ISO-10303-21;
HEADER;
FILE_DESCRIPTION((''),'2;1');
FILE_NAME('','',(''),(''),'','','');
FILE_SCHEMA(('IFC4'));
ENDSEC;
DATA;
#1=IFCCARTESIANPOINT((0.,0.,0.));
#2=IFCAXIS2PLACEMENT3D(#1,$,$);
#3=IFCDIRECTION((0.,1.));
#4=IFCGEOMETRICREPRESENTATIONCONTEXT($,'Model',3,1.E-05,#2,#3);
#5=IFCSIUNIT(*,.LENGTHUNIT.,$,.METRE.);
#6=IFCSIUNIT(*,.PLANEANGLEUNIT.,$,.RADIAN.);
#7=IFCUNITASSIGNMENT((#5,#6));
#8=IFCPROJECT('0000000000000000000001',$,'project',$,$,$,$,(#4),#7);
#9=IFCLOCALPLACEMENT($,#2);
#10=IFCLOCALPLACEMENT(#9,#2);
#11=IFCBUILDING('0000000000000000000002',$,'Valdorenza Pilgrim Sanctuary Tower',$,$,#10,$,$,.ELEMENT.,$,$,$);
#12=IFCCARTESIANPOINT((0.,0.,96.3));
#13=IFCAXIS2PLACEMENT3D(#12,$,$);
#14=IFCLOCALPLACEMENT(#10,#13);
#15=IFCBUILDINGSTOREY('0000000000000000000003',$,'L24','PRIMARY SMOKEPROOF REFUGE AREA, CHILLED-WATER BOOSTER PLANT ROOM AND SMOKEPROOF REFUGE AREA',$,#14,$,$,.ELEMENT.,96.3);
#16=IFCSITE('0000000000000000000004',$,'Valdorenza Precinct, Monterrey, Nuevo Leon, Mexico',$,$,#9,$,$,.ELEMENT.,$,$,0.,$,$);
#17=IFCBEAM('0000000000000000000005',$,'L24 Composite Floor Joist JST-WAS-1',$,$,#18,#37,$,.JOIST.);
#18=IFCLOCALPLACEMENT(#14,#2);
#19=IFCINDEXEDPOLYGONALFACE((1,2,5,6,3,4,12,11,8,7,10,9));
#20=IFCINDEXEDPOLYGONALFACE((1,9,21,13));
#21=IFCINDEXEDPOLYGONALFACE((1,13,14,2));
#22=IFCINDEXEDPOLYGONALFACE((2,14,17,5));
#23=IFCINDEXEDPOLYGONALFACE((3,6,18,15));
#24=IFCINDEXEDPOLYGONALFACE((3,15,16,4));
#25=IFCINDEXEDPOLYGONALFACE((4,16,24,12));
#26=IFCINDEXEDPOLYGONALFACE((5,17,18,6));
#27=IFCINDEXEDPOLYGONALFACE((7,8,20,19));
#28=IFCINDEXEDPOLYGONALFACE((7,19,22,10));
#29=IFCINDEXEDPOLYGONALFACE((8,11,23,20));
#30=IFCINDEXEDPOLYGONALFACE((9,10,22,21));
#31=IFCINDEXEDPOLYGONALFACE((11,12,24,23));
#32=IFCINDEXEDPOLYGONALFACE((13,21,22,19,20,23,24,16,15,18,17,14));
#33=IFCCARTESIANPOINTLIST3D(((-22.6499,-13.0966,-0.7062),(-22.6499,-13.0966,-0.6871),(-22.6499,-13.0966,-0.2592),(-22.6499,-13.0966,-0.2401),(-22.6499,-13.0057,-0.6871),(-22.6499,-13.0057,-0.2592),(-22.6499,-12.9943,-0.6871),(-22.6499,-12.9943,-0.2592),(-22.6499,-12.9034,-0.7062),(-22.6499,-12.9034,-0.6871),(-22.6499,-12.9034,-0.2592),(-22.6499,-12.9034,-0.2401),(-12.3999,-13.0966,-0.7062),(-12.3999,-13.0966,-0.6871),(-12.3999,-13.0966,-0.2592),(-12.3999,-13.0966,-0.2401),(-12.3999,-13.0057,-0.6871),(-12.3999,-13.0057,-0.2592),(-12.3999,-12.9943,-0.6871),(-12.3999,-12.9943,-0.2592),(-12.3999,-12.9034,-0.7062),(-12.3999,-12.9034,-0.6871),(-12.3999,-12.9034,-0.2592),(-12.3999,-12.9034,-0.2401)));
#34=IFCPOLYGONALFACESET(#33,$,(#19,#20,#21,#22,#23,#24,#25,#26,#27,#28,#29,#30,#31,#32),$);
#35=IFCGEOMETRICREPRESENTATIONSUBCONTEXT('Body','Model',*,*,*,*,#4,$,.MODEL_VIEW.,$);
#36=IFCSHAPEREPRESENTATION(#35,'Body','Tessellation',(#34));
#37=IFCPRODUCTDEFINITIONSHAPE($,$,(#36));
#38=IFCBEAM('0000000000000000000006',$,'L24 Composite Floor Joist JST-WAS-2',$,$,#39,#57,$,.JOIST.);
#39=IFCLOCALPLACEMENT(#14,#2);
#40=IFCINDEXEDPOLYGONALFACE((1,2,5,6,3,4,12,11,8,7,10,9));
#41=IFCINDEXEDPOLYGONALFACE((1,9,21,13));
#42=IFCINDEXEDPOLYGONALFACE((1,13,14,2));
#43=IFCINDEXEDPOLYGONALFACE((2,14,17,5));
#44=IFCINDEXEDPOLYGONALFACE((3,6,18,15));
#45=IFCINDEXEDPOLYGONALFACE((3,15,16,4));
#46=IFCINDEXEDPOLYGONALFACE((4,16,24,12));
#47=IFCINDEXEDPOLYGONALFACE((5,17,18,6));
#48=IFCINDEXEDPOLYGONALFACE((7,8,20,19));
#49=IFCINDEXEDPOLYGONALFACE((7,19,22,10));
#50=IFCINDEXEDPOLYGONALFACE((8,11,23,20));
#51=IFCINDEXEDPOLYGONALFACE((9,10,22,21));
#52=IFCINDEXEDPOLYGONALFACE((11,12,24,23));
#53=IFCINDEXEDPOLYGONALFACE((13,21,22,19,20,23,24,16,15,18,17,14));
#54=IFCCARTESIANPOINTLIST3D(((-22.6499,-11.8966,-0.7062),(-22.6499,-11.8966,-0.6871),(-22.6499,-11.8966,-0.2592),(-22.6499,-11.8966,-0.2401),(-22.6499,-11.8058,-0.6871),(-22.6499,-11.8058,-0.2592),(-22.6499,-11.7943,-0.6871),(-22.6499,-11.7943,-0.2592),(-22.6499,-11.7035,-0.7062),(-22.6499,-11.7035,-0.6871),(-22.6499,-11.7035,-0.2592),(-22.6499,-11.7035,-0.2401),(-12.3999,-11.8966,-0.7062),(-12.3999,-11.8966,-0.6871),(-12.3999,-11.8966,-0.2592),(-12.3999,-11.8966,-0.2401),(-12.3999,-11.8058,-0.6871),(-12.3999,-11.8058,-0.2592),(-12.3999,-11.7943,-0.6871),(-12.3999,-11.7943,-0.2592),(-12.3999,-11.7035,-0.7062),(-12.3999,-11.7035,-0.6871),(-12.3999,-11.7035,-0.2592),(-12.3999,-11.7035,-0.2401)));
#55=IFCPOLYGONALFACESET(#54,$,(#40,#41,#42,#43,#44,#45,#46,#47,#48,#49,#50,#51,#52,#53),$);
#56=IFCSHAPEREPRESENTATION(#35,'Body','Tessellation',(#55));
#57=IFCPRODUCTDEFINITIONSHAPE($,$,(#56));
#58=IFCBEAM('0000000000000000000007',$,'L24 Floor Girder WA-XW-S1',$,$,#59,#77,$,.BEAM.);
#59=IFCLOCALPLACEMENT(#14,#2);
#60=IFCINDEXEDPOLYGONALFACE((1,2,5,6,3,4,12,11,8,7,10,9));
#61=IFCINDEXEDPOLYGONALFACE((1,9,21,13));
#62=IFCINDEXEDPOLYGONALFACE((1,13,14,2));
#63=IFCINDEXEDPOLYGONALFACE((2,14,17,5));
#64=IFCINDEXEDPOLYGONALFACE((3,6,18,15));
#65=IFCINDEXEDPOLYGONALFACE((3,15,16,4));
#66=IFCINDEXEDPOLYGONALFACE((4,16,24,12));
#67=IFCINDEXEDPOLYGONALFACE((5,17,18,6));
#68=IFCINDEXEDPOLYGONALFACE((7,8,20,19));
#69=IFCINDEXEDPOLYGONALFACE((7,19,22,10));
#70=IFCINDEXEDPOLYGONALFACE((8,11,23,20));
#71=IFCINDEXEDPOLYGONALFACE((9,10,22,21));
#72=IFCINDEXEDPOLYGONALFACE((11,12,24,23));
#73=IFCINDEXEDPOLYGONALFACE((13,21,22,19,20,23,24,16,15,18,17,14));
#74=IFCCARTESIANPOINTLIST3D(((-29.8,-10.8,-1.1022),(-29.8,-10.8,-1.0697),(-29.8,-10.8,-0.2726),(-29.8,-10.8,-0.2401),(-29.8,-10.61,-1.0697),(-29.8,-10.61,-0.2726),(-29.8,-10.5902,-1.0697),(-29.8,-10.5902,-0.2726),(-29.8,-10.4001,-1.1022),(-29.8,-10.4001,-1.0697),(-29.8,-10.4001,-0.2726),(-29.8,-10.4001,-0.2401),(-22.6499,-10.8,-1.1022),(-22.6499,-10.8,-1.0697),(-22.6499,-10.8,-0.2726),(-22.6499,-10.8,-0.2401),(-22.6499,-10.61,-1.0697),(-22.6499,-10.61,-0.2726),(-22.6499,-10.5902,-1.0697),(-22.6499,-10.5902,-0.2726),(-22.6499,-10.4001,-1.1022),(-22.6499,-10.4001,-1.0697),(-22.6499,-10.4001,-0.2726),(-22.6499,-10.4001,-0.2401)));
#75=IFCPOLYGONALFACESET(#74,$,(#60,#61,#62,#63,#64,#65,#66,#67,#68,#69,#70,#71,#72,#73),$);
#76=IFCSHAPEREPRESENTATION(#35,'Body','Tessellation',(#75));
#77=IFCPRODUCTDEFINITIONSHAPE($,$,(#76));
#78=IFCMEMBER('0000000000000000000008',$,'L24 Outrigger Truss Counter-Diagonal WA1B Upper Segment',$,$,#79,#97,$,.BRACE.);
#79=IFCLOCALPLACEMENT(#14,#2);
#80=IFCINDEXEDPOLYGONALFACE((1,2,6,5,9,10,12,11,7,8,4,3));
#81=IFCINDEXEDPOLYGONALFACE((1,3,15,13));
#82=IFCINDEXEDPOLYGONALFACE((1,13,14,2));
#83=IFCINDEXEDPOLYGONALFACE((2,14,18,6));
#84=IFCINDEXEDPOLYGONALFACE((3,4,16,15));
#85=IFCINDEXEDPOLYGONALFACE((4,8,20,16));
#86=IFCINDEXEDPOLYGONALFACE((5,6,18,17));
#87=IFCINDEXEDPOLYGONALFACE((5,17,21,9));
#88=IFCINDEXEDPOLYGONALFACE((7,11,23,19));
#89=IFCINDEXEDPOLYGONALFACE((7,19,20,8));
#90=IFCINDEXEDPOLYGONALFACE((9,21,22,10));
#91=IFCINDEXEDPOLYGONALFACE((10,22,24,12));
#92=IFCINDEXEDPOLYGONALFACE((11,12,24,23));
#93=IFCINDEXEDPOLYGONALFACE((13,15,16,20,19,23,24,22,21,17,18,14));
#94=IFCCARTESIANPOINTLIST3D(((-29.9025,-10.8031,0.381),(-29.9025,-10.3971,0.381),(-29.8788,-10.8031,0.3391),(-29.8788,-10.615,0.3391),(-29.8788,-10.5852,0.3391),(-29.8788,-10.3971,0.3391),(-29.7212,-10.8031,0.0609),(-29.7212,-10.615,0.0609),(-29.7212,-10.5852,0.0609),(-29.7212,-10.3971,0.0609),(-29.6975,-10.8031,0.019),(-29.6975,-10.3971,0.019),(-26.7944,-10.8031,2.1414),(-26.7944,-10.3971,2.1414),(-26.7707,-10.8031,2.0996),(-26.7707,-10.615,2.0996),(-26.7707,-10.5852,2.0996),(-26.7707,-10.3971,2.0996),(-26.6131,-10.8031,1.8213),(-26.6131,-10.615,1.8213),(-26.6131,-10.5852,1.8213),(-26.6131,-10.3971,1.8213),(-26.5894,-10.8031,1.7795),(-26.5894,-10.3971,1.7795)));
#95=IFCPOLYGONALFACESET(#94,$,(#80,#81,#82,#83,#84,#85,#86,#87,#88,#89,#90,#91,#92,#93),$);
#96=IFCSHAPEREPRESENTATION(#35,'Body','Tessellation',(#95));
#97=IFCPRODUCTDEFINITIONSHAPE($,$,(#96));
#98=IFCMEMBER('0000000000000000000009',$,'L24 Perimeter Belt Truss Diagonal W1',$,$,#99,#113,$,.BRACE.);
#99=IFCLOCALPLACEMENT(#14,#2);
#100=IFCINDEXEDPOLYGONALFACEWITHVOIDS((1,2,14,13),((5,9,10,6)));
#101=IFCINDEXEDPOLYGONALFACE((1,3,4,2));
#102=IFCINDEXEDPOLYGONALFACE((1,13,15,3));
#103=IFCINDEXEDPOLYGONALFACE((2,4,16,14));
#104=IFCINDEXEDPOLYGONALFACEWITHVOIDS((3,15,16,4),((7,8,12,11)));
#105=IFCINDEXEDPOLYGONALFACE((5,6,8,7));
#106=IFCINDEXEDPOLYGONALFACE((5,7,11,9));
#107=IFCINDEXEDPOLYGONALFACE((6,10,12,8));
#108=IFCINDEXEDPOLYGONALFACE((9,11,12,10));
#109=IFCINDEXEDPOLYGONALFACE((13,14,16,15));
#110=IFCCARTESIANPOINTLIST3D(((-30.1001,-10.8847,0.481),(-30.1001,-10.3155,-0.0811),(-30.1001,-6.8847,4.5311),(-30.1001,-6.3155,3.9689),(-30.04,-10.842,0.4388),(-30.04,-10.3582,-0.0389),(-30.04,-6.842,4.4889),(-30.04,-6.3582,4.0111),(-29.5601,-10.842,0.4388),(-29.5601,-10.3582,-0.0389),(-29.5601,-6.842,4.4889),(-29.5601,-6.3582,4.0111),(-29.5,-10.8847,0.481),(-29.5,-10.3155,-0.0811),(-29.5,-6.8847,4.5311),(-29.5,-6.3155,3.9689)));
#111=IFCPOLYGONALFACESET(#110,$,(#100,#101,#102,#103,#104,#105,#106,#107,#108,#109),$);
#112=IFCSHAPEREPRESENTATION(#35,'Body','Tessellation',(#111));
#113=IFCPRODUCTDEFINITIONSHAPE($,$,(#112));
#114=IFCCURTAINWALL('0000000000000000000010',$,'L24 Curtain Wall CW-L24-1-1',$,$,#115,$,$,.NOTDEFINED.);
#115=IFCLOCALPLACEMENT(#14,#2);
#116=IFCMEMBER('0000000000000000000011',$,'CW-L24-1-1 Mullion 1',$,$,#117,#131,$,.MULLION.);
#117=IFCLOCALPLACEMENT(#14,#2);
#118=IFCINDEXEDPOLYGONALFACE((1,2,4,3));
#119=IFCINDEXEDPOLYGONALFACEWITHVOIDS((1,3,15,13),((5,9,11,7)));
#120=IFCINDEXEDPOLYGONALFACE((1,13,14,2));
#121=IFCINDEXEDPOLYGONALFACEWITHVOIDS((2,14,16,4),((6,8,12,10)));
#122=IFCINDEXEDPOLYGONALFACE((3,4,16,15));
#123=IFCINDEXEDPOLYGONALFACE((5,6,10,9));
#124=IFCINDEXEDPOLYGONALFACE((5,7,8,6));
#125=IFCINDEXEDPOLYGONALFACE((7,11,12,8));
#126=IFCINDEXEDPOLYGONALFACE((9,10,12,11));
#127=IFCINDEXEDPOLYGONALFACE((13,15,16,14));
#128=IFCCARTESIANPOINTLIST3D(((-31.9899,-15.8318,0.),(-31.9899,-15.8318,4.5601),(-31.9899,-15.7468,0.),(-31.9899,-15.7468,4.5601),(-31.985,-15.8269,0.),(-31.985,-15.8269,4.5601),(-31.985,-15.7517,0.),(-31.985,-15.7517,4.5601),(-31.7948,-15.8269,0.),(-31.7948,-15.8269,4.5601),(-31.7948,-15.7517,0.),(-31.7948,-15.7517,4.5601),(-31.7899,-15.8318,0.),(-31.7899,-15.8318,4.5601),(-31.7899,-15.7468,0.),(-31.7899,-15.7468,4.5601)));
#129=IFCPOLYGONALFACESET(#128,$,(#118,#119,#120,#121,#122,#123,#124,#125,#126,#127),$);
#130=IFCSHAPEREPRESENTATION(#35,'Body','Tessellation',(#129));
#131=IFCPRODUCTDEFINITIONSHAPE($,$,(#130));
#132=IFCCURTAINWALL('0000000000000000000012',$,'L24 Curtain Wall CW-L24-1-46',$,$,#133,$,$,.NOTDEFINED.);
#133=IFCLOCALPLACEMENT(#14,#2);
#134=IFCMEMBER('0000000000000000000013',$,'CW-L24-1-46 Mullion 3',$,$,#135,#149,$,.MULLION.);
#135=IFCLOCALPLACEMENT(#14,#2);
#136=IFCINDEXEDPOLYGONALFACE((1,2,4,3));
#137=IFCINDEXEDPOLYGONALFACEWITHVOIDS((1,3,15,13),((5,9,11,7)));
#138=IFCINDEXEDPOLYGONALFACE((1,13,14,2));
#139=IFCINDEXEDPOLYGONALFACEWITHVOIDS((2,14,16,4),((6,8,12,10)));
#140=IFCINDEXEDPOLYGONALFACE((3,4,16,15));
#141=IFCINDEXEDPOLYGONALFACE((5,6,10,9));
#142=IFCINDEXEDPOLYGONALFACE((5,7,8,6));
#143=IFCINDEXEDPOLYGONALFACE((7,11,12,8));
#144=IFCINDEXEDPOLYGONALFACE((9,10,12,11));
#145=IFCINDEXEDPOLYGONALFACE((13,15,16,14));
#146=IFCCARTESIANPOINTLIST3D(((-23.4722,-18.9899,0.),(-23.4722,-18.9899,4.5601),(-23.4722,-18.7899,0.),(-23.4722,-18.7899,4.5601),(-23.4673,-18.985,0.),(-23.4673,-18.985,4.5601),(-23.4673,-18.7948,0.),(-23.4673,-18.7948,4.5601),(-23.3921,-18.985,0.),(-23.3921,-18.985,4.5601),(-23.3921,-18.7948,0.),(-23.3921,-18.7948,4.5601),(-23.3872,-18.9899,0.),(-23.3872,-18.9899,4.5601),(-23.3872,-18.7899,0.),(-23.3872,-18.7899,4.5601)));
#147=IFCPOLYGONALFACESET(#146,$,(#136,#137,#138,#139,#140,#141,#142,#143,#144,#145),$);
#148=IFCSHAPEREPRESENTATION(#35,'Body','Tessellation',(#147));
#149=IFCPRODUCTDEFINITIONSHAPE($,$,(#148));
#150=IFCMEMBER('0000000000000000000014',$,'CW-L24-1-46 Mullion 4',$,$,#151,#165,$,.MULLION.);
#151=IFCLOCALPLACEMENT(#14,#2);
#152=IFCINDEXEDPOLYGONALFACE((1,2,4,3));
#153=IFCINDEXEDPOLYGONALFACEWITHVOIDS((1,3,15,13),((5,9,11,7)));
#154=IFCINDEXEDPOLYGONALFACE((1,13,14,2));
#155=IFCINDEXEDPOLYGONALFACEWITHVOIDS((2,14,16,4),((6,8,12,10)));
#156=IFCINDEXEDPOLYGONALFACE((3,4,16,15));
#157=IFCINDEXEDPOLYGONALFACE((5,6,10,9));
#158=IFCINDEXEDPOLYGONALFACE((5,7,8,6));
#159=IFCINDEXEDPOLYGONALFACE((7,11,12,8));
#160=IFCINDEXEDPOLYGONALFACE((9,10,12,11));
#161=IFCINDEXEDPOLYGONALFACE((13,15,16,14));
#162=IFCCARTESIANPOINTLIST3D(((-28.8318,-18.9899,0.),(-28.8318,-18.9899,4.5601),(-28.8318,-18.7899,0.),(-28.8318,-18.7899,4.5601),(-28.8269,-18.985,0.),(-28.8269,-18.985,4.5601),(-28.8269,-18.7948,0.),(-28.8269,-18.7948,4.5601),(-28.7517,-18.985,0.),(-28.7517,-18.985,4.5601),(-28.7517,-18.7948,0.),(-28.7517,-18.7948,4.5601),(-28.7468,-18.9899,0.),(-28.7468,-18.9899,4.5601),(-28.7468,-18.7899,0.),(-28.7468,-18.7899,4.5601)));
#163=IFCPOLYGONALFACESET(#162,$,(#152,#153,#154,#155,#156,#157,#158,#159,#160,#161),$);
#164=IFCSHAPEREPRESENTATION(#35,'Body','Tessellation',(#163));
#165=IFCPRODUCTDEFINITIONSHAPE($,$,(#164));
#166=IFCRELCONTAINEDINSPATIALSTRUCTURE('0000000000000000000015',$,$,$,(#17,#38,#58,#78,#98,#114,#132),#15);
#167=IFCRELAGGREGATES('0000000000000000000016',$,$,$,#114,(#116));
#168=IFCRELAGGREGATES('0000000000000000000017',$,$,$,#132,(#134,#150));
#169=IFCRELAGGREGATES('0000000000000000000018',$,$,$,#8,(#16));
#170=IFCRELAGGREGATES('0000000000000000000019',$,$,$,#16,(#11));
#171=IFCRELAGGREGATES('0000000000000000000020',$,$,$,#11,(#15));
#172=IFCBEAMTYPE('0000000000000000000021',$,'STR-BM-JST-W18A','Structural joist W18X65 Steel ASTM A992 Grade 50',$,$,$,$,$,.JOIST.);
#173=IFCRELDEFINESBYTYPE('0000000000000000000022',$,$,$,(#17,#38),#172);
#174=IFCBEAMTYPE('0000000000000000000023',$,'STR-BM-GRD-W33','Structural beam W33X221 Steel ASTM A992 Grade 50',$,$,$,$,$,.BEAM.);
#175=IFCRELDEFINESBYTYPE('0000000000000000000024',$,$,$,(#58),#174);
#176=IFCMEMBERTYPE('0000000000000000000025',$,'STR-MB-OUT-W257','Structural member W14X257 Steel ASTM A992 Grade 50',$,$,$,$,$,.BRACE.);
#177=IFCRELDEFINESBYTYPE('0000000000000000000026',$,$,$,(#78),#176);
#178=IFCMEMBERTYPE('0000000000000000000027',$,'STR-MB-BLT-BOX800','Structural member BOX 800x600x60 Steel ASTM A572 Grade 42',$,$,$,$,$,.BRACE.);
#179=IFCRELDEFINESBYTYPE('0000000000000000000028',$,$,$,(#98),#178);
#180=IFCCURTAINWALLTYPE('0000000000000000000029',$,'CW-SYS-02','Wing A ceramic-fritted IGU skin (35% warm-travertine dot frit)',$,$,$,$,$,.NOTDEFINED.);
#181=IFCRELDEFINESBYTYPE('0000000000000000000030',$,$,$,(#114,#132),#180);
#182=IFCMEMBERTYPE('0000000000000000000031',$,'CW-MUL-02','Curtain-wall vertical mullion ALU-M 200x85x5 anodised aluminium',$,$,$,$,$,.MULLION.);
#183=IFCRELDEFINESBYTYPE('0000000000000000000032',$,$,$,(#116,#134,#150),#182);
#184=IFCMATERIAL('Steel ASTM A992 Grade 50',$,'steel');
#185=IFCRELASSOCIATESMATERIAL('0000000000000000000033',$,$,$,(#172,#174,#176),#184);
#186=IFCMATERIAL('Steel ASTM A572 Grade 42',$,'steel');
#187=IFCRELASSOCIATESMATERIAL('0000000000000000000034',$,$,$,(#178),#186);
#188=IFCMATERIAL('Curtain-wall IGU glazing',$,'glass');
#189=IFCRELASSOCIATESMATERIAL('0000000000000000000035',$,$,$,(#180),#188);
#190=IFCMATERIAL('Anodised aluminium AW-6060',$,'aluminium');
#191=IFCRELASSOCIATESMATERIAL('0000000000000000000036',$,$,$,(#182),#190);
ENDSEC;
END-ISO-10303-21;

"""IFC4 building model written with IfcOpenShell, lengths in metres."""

from ifc_helpers import new_model, si_unit, direction, frame, origin, origin_2d, place, context, subcontext, project, spatial, hollow_rectangle, i_section, extrude, source, transform, mapped, material, material_profile, profile_set, type_object, element, aggregate, save


model = new_model("IFC4")

# Units and contexts
model_context = context("Model", 3, precision=1e-05, world=origin(), true_north=direction((0.0, 1.0)))
body_context = subcontext(model_context, "Body", "Model", "MODEL_VIEW")
ifc_project = project(units=[si_unit("LENGTHUNIT", "METRE"), si_unit("PLANEANGLEUNIT", "RADIAN")], contexts=[model_context])

# Site, building, storey
site_placement = place(None, origin())
site = spatial("IfcSite", under=ifc_project, at=site_placement, Name="Valdorenza Precinct, Monterrey, Nuevo Leon, Mexico", CompositionType="ELEMENT", RefElevation=0.0)
building_placement = place(site_placement, origin())
building = spatial("IfcBuilding", under=site, at=building_placement, Name="Valdorenza Pilgrim Sanctuary Tower", CompositionType="ELEMENT")
storey_placement = place(building_placement, frame((0.0, 0.0, 96.3)))
storey = spatial("IfcBuildingStorey", under=building, at=storey_placement, Name="L24", Description="PRIMARY SMOKEPROOF REFUGE AREA, CHILLED-WATER BOOSTER PLANT ROOM AND SMOKEPROOF REFUGE AREA", CompositionType="ELEMENT", Elevation=96.3)

# Shared definitions
ifc_material_1 = material(Name="Steel ASTM A992 Grade 50", Category="steel")

# Beams
ifc_material_profile_1 = material_profile(ifc_material_1, i_section(OverallWidth=0.1931, OverallDepth=0.4661, WebThickness=0.0115, FlangeThickness=0.019, at=origin_2d()), Name="W18X65")
ifc_profile_set_1 = profile_set([ifc_material_profile_1], Name="Steel ASTM A992 Grade 50")
beam_type_1 = type_object("IfcBeamType", Name="STR-BM-JST-W18A", Description="Structural joist W18X65 Steel ASTM A992 Grade 50", PredefinedType="JOIST", material=ifc_profile_set_1)
shared_shape_1 = source(origin(), body_context, "Body", "SweptSolid", [
    extrude(i_section(OverallWidth=0.1931, OverallDepth=0.4661, WebThickness=0.0115, FlangeThickness=0.019, at=origin_2d()), origin(), (0.0, 0.0, 1.0), 10.25),
])
for number, where, z_axis, x_axis, name in (
    (1, (-22.6499, -13.0, -0.4731), (1.0, 0.0, 0.0), (0.0, 1.0, 0.0), "L24 Composite Floor Joist JST-WAS-1"),
    (2, (-22.6499, -11.8, -0.4731), (1.0, 0.0, 0.0), (0.0, 1.0, 0.0), "L24 Composite Floor Joist JST-WAS-2"),
):
    element("IfcBeam", number, at=place(storey_placement, frame(where, z_axis=z_axis, x_axis=x_axis)), inside=storey, type_object=beam_type_1, Name=name, PredefinedType="JOIST", context=body_context, shape_type="MappedRepresentation", body=[
        mapped(shared_shape_1, transform((0.0, 0.0, 0.0), x_axis=(1.0, 0.0, 0.0), y_axis=(0.0, 1.0, 0.0), z_axis=(0.0, 0.0, 1.0), scale=1.0)),
    ])
ifc_material_profile_2 = material_profile(ifc_material_1, i_section(OverallWidth=0.3999, OverallDepth=0.8621, WebThickness=0.0198, FlangeThickness=0.0325, at=origin_2d()), Name="W33X221")
ifc_profile_set_2 = profile_set([ifc_material_profile_2], Name="Steel ASTM A992 Grade 50")
beam_type_2 = type_object("IfcBeamType", Name="STR-BM-GRD-W33", Description="Structural beam W33X221 Steel ASTM A992 Grade 50", PredefinedType="BEAM", material=ifc_profile_set_2)
shared_shape_2 = source(origin(), body_context, "Body", "SweptSolid", [
    extrude(i_section(OverallWidth=0.3999, OverallDepth=0.8621, WebThickness=0.0198, FlangeThickness=0.0325, at=origin_2d()), origin(), (0.0, 0.0, 1.0), 7.1501),
])
beam_1_placement = place(storey_placement, frame((-29.8, -10.6001, -0.6711), z_axis=(1.0, 0.0, 0.0), x_axis=(0.0, 1.0, 0.0)))
element("IfcBeam", 3, at=beam_1_placement, inside=storey, type_object=beam_type_2, Name="L24 Floor Girder WA-XW-S1", PredefinedType="BEAM", context=body_context, shape_type="MappedRepresentation", body=[
    mapped(shared_shape_2, transform((0.0, 0.0, 0.0), x_axis=(1.0, 0.0, 0.0), y_axis=(0.0, 1.0, 0.0), z_axis=(0.0, 0.0, 1.0), scale=1.0)),
])

# Members
ifc_material_profile_3 = material_profile(ifc_material_1, i_section(OverallWidth=0.406, OverallDepth=0.416, WebThickness=0.0298, FlangeThickness=0.0481, at=origin_2d()), Name="W14X257")
ifc_profile_set_3 = profile_set([ifc_material_profile_3], Name="Steel ASTM A992 Grade 50")
member_type_1 = type_object("IfcMemberType", Name="STR-MB-OUT-W257", Description="Structural member W14X257 Steel ASTM A992 Grade 50", PredefinedType="BRACE", material=ifc_profile_set_3)
shared_shape_3 = source(origin(), body_context, "Body", "SweptSolid", [
    extrude(i_section(OverallWidth=0.406, OverallDepth=0.416, WebThickness=0.0298, FlangeThickness=0.0481, at=origin_2d()), origin(), (0.0, 0.0, 1.0), 3.572),
])
member_1_placement = place(storey_placement, frame((-26.6919, -10.6001, 1.9604), z_axis=(-0.870117, 0.0, -0.492845), x_axis=(0.0, -1.0, 0.0)))
element("IfcMember", 4, at=member_1_placement, inside=storey, type_object=member_type_1, Name="L24 Outrigger Truss Counter-Diagonal WA1B Upper Segment", PredefinedType="BRACE", context=body_context, shape_type="MappedRepresentation", body=[
    mapped(shared_shape_3, transform((0.0, 0.0, 0.0), x_axis=(1.0, 0.0, 0.0), y_axis=(0.0, 1.0, 0.0), z_axis=(0.0, 0.0, 1.0), scale=1.0)),
])
ifc_material_2 = material(Name="Steel ASTM A572 Grade 42", Category="steel")
ifc_material_profile_4 = material_profile(ifc_material_2, hollow_rectangle(XDim=0.6001, YDim=0.8, WallThickness=0.0601, at=origin_2d()), Name="BOX 800x600x60")
ifc_profile_set_4 = profile_set([ifc_material_profile_4], Name="Steel ASTM A572 Grade 42")
member_type_2 = type_object("IfcMemberType", Name="STR-MB-BLT-BOX800", Description="Structural member BOX 800x600x60 Steel ASTM A572 Grade 42", PredefinedType="BRACE", material=ifc_profile_set_4)
shared_shape_4 = source(origin(), body_context, "Body", "SweptSolid", [
    extrude(hollow_rectangle(XDim=0.6001, YDim=0.8, WallThickness=0.0601, at=origin_2d()), origin(), (0.0, 0.0, 1.0), 5.6924),
])
member_2_placement = place(storey_placement, frame((-29.8, -10.6001, 0.2), z_axis=(0.0, 0.702697, 0.711489), x_axis=(-1.0, 0.0, 0.0)))
element("IfcMember", 5, at=member_2_placement, inside=storey, type_object=member_type_2, Name="L24 Perimeter Belt Truss Diagonal W1", PredefinedType="BRACE", context=body_context, shape_type="MappedRepresentation", body=[
    mapped(shared_shape_4, transform((0.0, 0.0, 0.0), x_axis=(1.0, 0.0, 0.0), y_axis=(0.0, 1.0, 0.0), z_axis=(0.0, 0.0, 1.0), scale=1.0)),
])

# Curtain wall, member
ifc_material_3 = material(Name="Curtain-wall IGU glazing", Category="glass")
curtain_wall_type = type_object("IfcCurtainWallType", Name="CW-SYS-02", Description="Wing A ceramic-fritted IGU skin (35% warm-travertine dot frit)", PredefinedType="NOTDEFINED", material=ifc_material_3)
curtain_wall_1_placement = place(storey_placement, origin())
curtain_wall_1 = element("IfcCurtainWall", 6, at=curtain_wall_1_placement, inside=storey, type_object=curtain_wall_type, Name="L24 Curtain Wall CW-L24-1-1", PredefinedType="NOTDEFINED")
ifc_material_4 = material(Name="Anodised aluminium AW-6060", Category="aluminium")
ifc_material_profile_5 = material_profile(ifc_material_4, hollow_rectangle(XDim=0.085, YDim=0.2, WallThickness=0.0049, at=origin_2d()), Name="ALU-M 200x85x5")
ifc_profile_set_5 = profile_set([ifc_material_profile_5], Name="Anodised aluminium AW-6060")
member_type_3 = type_object("IfcMemberType", Name="CW-MUL-02", Description="Curtain-wall vertical mullion ALU-M 200x85x5 anodised aluminium", PredefinedType="MULLION", material=ifc_profile_set_5)
shared_shape_5 = source(origin(), body_context, "Body", "SweptSolid", [
    extrude(hollow_rectangle(XDim=0.085, YDim=0.2, WallThickness=0.0049, at=origin_2d()), origin(), (0.0, 0.0, 1.0), 4.5601),
])
member_3_placement = place(storey_placement, frame((-31.8899, -15.7893, 0.0), z_axis=(0.0, 0.0, 1.0), x_axis=(0.0, 1.0, 0.0)))
member_3 = element("IfcMember", 7, at=member_3_placement, type_object=member_type_3, Name="CW-L24-1-1 Mullion 1", PredefinedType="MULLION", context=body_context, shape_type="MappedRepresentation", body=[
    mapped(shared_shape_5, transform((0.0, 0.0, 0.0), x_axis=(1.0, 0.0, 0.0), y_axis=(0.0, 1.0, 0.0), z_axis=(0.0, 0.0, 1.0), scale=1.0)),
])

# Curtain wall, members
curtain_wall_2_placement = place(storey_placement, origin())
curtain_wall_2 = element("IfcCurtainWall", 8, at=curtain_wall_2_placement, inside=storey, type_object=curtain_wall_type, Name="L24 Curtain Wall CW-L24-1-46", PredefinedType="NOTDEFINED")
member_4_placement = place(storey_placement, frame((-23.4297, -18.8899, 0.0), z_axis=(0.0, 0.0, 1.0), x_axis=(-1.0, 0.0, 0.0)))
member_4 = element("IfcMember", 9, at=member_4_placement, type_object=member_type_3, Name="CW-L24-1-46 Mullion 3", PredefinedType="MULLION", context=body_context, shape_type="MappedRepresentation", body=[
    mapped(shared_shape_5, transform((0.0, 0.0, 0.0), x_axis=(1.0, 0.0, 0.0), y_axis=(0.0, 1.0, 0.0), z_axis=(0.0, 0.0, 1.0), scale=1.0)),
])
member_5_placement = place(storey_placement, frame((-28.7893, -18.8899, 0.0), z_axis=(0.0, 0.0, 1.0), x_axis=(-1.0, 0.0, 0.0)))
member_5 = element("IfcMember", 10, at=member_5_placement, type_object=member_type_3, Name="CW-L24-1-46 Mullion 4", PredefinedType="MULLION", context=body_context, shape_type="MappedRepresentation", body=[
    mapped(shared_shape_5, transform((0.0, 0.0, 0.0), x_axis=(1.0, 0.0, 0.0), y_axis=(0.0, 1.0, 0.0), z_axis=(0.0, 0.0, 1.0), scale=1.0)),
])

aggregate(curtain_wall_1, [member_3])
aggregate(curtain_wall_2, [member_4, member_5])

save(model, "model.ifc")
